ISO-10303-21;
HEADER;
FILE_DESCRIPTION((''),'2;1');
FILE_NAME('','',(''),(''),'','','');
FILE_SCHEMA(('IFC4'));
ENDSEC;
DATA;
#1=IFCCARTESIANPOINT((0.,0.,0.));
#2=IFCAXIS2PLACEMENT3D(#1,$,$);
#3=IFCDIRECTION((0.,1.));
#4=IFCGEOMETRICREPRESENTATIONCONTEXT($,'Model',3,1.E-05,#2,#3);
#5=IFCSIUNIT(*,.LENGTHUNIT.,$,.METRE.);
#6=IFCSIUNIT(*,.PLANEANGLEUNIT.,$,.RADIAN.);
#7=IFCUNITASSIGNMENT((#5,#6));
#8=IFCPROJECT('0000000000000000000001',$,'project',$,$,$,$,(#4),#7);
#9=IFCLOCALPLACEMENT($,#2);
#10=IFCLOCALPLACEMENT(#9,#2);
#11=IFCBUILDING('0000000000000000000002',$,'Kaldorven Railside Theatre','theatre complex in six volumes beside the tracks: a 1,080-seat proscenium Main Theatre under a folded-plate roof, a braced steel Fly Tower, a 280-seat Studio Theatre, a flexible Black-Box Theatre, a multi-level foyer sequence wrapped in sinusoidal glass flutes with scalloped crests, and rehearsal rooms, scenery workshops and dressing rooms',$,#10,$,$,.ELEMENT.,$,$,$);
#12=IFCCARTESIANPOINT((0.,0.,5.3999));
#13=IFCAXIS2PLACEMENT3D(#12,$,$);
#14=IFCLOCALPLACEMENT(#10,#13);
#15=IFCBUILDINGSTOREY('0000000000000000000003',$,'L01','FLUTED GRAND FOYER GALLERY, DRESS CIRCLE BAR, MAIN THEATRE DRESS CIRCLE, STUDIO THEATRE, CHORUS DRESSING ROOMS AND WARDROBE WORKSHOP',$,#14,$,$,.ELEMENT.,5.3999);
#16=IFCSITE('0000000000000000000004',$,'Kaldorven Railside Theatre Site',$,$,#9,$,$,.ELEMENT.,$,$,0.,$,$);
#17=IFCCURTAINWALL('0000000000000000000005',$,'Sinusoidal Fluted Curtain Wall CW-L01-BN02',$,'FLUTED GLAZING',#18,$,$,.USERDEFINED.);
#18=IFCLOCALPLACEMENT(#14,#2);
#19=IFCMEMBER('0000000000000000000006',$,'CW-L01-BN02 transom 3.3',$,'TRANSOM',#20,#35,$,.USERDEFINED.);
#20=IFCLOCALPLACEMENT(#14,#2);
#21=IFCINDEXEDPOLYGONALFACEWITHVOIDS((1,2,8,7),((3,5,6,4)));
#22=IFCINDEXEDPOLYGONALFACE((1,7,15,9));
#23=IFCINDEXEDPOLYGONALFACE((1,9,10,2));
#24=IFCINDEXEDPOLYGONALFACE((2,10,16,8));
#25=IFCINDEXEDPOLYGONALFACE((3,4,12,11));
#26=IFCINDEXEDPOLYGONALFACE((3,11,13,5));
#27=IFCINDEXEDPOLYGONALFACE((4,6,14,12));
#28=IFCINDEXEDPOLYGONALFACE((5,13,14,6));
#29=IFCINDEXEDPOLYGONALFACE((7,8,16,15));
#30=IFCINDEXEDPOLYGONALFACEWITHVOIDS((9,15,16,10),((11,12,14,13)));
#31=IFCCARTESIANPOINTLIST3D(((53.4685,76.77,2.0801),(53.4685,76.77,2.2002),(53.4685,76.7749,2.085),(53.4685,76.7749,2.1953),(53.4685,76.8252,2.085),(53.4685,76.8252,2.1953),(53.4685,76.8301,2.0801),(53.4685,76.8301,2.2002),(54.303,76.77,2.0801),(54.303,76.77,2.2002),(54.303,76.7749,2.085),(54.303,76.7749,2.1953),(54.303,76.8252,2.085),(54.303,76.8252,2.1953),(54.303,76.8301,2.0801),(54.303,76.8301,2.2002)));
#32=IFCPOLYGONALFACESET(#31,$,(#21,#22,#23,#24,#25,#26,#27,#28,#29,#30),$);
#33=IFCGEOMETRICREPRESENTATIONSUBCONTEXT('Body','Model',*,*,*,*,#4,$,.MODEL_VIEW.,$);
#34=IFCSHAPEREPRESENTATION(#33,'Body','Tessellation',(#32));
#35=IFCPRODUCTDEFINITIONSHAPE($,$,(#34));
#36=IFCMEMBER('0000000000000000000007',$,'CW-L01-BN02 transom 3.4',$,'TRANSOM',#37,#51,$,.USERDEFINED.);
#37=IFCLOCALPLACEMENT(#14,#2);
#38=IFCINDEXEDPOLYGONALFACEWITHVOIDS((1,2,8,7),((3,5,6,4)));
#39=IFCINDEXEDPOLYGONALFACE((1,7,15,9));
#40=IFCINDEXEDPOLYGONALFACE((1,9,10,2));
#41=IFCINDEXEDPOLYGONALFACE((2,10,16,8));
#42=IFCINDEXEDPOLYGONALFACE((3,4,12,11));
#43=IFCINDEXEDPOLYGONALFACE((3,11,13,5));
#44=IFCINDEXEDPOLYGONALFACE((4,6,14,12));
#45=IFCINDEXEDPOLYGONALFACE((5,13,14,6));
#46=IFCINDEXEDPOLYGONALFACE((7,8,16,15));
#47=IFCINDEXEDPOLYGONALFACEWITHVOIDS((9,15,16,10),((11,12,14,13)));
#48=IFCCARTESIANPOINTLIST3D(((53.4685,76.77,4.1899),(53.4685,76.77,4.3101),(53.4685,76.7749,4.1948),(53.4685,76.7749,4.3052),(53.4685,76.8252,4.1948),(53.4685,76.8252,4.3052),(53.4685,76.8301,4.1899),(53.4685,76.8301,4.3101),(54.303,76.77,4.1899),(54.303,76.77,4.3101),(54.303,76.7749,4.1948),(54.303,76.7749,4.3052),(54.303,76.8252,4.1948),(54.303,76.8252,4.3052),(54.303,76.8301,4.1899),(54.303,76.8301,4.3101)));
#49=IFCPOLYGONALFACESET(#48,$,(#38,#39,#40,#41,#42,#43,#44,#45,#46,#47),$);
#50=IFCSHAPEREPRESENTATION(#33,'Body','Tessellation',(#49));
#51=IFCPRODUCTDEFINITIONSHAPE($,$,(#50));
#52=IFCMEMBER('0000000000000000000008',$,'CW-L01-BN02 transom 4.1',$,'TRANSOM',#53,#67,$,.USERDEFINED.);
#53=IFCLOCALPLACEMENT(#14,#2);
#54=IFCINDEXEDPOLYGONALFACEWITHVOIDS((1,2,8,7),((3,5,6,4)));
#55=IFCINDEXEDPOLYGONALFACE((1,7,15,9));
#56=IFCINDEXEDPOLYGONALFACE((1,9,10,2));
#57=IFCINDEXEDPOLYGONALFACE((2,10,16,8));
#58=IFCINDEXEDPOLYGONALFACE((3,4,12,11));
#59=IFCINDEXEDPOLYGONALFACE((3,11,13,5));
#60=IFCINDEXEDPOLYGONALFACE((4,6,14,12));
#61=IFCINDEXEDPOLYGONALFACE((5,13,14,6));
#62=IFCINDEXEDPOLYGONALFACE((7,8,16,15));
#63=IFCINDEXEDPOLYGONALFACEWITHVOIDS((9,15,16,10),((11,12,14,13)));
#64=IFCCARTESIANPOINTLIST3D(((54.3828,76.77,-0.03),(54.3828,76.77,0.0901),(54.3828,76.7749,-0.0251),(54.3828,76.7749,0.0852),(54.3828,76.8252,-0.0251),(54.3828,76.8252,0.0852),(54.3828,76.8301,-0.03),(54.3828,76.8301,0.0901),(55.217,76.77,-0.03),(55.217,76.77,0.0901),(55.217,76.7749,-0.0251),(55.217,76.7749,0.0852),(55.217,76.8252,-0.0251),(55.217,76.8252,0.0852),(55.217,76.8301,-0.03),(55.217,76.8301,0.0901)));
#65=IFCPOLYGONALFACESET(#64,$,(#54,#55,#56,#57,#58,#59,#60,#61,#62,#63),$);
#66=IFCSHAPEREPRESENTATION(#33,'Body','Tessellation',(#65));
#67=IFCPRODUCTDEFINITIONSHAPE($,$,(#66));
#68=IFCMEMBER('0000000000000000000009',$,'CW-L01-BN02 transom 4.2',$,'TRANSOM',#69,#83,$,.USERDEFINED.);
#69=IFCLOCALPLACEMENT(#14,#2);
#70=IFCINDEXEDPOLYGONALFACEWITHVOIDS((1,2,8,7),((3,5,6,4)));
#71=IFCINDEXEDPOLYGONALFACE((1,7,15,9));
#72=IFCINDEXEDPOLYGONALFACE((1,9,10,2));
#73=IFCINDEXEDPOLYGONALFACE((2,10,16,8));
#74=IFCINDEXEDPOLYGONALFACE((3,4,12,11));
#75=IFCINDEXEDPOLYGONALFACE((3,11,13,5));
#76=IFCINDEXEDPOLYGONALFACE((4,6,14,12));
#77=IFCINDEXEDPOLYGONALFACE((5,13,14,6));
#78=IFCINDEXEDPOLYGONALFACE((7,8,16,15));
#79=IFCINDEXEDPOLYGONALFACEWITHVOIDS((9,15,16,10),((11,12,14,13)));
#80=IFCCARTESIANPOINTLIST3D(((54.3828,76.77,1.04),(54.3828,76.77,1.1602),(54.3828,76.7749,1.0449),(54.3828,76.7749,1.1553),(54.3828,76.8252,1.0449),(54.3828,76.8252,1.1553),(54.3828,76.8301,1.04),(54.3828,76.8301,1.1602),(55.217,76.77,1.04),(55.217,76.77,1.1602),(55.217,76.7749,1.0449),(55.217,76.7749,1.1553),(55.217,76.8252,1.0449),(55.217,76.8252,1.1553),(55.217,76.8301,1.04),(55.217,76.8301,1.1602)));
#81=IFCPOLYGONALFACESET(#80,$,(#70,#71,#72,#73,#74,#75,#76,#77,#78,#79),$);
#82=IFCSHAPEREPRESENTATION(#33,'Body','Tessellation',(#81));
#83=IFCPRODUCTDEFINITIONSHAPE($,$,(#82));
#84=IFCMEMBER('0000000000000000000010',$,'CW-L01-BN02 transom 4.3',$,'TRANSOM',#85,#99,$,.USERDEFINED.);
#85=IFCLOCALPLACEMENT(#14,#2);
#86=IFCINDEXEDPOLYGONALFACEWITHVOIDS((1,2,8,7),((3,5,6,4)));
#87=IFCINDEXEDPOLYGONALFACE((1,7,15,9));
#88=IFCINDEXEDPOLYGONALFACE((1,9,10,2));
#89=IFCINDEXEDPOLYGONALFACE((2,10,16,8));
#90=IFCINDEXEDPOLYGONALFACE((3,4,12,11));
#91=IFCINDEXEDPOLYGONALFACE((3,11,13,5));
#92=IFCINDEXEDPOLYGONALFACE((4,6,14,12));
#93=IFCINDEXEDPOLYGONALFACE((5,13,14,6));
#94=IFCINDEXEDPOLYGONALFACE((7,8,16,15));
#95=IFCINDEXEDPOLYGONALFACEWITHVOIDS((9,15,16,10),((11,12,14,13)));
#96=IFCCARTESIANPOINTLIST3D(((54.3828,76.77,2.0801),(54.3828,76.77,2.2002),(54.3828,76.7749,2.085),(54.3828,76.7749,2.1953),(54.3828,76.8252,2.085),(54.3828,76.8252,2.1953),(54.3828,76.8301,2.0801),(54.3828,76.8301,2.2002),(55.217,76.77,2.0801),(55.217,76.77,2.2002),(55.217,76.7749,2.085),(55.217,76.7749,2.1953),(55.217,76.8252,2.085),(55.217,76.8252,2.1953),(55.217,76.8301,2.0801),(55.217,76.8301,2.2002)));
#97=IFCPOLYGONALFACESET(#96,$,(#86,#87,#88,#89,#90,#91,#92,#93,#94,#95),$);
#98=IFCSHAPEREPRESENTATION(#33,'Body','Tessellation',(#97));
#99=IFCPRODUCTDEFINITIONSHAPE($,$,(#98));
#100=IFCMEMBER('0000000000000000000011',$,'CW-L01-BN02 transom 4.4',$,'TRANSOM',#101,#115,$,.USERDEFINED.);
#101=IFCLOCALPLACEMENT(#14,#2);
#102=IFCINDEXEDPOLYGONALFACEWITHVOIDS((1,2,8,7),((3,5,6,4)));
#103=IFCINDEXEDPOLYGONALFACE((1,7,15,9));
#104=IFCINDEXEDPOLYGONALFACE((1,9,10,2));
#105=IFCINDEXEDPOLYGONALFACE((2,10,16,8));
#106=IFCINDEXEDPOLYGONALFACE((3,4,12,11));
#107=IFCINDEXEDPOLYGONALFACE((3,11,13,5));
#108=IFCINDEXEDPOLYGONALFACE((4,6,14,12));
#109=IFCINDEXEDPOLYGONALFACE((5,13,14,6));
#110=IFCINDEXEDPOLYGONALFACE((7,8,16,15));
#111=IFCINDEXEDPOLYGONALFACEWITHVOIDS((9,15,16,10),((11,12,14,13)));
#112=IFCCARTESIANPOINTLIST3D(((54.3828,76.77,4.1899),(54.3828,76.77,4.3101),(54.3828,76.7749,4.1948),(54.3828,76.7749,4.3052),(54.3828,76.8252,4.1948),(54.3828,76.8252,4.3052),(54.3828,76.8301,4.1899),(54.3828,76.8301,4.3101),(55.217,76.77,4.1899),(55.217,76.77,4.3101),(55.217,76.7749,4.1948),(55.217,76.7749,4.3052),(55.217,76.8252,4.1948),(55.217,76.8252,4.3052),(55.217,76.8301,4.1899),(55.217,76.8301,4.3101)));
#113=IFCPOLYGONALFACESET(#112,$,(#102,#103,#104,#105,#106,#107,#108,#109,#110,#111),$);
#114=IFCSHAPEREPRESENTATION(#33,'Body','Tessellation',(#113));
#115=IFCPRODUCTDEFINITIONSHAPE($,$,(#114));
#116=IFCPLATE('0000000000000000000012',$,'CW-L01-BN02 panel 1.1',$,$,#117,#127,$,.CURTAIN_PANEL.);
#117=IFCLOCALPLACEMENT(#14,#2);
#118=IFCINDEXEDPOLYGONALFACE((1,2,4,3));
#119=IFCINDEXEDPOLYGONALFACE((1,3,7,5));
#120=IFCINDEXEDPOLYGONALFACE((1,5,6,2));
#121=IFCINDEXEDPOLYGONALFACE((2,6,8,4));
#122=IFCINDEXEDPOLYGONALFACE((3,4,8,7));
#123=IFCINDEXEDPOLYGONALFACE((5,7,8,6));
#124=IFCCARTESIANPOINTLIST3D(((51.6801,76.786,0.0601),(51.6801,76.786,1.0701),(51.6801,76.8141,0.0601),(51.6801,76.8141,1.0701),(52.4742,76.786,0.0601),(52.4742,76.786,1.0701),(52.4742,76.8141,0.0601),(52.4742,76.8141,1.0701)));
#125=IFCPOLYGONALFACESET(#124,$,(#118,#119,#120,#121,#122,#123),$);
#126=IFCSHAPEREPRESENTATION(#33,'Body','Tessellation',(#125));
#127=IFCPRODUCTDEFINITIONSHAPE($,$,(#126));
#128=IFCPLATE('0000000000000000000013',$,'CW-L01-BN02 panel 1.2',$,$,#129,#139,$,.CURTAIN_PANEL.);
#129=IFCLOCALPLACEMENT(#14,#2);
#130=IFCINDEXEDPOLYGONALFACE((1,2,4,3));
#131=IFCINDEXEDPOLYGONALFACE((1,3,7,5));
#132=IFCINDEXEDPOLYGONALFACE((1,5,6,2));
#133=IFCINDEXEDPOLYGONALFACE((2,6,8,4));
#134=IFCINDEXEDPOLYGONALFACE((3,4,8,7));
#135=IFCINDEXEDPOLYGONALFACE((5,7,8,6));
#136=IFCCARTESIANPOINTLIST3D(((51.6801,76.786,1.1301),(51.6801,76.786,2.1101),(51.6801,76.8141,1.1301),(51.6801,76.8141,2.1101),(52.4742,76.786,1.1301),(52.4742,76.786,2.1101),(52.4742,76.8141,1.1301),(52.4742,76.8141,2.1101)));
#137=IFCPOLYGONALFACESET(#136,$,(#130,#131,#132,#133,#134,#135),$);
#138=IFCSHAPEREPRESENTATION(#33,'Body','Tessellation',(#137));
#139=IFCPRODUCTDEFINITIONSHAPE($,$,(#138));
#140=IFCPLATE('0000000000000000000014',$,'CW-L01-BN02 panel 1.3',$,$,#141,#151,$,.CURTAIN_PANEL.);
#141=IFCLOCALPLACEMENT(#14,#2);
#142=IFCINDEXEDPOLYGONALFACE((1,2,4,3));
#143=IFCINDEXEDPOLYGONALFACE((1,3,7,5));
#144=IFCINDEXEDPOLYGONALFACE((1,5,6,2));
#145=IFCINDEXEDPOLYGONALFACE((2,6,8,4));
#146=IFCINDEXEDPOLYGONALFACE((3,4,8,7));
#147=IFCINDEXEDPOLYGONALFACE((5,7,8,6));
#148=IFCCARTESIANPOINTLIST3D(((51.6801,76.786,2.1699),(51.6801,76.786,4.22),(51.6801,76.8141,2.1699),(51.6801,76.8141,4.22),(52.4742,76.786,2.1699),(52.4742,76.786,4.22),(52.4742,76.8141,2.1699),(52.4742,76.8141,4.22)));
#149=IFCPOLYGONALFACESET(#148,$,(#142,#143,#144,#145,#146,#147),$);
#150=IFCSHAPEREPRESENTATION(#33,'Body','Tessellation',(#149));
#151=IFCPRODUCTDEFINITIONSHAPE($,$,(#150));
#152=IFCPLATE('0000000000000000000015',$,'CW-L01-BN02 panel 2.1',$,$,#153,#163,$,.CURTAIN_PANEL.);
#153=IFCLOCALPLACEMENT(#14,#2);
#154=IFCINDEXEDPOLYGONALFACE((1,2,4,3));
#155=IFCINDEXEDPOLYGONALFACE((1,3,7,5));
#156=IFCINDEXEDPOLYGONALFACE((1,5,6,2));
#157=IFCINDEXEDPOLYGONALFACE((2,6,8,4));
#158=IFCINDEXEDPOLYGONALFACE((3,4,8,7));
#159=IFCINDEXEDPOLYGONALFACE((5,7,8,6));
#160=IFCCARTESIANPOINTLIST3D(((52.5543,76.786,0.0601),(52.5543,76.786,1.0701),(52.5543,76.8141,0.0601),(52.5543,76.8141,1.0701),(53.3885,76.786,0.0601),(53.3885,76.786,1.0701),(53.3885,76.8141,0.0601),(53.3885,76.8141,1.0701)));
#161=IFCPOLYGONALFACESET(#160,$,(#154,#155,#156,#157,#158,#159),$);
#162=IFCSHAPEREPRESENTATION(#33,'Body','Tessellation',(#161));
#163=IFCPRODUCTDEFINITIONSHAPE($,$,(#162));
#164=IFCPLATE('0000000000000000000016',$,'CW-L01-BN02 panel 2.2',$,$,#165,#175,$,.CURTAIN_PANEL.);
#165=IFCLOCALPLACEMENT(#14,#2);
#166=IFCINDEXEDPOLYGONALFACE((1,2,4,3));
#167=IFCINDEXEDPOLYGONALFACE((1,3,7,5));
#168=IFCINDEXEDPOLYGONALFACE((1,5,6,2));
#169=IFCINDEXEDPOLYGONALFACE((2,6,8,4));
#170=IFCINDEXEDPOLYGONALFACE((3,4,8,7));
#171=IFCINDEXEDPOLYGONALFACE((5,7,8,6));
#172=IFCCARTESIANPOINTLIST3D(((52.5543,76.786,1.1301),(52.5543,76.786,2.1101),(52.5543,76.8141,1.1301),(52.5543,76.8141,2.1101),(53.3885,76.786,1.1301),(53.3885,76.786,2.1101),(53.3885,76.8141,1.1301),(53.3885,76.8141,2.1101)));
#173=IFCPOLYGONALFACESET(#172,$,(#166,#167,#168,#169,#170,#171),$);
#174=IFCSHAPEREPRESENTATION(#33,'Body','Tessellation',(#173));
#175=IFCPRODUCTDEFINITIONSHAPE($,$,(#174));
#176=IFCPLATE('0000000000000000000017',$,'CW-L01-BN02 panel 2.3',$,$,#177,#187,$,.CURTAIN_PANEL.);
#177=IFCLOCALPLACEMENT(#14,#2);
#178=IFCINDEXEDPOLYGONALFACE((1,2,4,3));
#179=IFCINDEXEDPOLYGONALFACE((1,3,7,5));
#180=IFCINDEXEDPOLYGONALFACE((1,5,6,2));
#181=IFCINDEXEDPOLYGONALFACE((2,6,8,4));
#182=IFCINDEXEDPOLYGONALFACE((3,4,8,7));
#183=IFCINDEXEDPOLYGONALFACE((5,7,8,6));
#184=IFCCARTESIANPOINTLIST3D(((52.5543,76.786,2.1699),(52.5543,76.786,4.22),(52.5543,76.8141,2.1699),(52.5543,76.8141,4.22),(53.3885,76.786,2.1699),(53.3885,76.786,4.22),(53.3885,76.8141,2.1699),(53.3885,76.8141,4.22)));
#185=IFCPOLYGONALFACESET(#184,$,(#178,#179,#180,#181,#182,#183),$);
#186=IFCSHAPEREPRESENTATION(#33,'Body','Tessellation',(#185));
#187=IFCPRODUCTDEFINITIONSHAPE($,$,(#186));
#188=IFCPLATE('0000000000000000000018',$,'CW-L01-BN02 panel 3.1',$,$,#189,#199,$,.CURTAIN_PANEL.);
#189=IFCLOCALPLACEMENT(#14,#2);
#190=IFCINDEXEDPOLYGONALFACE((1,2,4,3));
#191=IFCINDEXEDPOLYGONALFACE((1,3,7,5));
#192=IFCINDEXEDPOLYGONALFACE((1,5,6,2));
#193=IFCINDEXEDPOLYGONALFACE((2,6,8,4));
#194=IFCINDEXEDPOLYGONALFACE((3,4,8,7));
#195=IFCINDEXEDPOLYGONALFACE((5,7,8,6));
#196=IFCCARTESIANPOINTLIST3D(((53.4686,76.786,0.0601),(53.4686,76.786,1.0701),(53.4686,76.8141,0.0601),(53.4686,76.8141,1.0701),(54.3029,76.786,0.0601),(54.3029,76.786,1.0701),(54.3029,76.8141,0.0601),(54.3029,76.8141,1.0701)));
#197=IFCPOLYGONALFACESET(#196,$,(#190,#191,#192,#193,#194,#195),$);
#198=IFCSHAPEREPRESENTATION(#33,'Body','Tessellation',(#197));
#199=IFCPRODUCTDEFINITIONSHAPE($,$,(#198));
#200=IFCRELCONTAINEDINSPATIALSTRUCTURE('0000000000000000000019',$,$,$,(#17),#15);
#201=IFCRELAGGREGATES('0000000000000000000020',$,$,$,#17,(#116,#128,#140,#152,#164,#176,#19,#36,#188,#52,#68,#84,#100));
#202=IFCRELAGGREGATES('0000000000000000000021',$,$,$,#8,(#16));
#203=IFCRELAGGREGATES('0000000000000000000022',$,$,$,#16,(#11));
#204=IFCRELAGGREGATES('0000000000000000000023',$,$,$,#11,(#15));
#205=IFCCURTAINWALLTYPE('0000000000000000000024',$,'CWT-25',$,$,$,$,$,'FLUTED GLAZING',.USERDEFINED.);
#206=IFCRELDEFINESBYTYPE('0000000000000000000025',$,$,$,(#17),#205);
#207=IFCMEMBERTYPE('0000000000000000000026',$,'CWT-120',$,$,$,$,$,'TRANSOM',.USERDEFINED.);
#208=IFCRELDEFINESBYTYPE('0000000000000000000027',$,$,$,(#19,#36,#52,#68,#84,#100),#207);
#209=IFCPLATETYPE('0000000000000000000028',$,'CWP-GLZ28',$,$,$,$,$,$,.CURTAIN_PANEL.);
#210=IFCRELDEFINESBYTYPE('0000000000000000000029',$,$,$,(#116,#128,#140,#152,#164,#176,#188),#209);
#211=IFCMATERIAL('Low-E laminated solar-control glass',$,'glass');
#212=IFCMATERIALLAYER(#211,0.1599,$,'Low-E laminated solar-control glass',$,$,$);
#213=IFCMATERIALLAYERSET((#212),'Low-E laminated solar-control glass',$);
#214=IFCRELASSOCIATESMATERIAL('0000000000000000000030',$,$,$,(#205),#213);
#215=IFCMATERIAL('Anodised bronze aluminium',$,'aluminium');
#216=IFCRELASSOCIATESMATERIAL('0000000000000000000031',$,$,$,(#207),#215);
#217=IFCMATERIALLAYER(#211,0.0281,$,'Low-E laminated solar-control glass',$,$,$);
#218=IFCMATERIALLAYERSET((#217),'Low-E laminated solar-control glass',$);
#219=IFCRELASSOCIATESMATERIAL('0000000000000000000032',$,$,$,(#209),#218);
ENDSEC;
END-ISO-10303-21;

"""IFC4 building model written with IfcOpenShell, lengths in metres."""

from ifc_helpers import new_model, si_unit, direction, frame, origin, origin_2d, place, context, subcontext, project, spatial, rectangle, hollow_rectangle, extrude, material, layer, layer_set, material_profile, profile_set, type_object, element, aggregate, save


model = new_model("IFC4")

# Units and contexts
model_context = context("Model", 3, precision=1e-05, world=origin(), true_north=direction((0.0, 1.0)))
body_context = subcontext(model_context, "Body", "Model", "MODEL_VIEW")
ifc_project = project(units=[si_unit("LENGTHUNIT", "METRE"), si_unit("PLANEANGLEUNIT", "RADIAN")], contexts=[model_context])

# Site, building, storey
site_placement = place(None, origin())
site = spatial("IfcSite", under=ifc_project, at=site_placement, Name="Kaldorven Railside Theatre Site", CompositionType="ELEMENT", RefElevation=0.0)
building_placement = place(site_placement, origin())
building = spatial("IfcBuilding", under=site, at=building_placement, Name="Kaldorven Railside Theatre", Description="theatre complex in six volumes beside the tracks: a 1,080-seat proscenium Main Theatre under a folded-plate roof, a braced steel Fly Tower, a 280-seat Studio Theatre, a flexible Black-Box Theatre, a multi-level foyer sequence wrapped in sinusoidal glass flutes with scalloped crests, and rehearsal rooms, scenery workshops and dressing rooms", CompositionType="ELEMENT")
storey_placement = place(building_placement, frame((0.0, 0.0, 5.3999)))
storey = spatial("IfcBuildingStorey", under=building, at=storey_placement, Name="L01", Description="FLUTED GRAND FOYER GALLERY, DRESS CIRCLE BAR, MAIN THEATRE DRESS CIRCLE, STUDIO THEATRE, CHORUS DRESSING ROOMS AND WARDROBE WORKSHOP", CompositionType="ELEMENT", Elevation=5.3999)

# Curtain wall, members, plates
ifc_material_1 = material(Name="Low-E laminated solar-control glass", Category="glass")
ifc_layer_1 = layer(ifc_material_1, 0.1599, Name="Low-E laminated solar-control glass")
ifc_layer_set_1 = layer_set([ifc_layer_1], Name="Low-E laminated solar-control glass")
curtain_wall_type = type_object("IfcCurtainWallType", Name="CWT-25", ElementType="FLUTED GLAZING", PredefinedType="USERDEFINED", material=ifc_layer_set_1)
curtain_wall_placement = place(storey_placement, origin())
curtain_wall = element("IfcCurtainWall", 1, at=curtain_wall_placement, inside=storey, type_object=curtain_wall_type, Name="Sinusoidal Fluted Curtain Wall CW-L01-BN02", ObjectType="FLUTED GLAZING", PredefinedType="USERDEFINED")
ifc_material_2 = material(Name="Anodised bronze aluminium", Category="aluminium")
ifc_material_profile_1 = material_profile(ifc_material_2, hollow_rectangle(XDim=0.0601, YDim=0.1201, WallThickness=0.0049, at=origin_2d()), Name="RHS 120x60x5")
ifc_profile_set_1 = profile_set([ifc_material_profile_1], Name="Anodised bronze aluminium")
member_type_1 = type_object("IfcMemberType", Name="CWT-120", ElementType="TRANSOM", PredefinedType="USERDEFINED", material=ifc_profile_set_1)
member_1_placement = place(storey_placement, frame((53.4685, 76.8, 2.1401), z_axis=(1.0, 0.0, 0.0), x_axis=(0.0, 1.0, 0.0)))
member_1 = element("IfcMember", 2, at=member_1_placement, type_object=member_type_1, Name="CW-L01-BN02 transom 3.3", ObjectType="TRANSOM", PredefinedType="USERDEFINED", context=body_context, shape_type="SweptSolid", body=[
    extrude(hollow_rectangle(XDim=0.0601, YDim=0.1201, WallThickness=0.0049, at=origin_2d()), origin(), (0.0, 0.0, 1.0), 0.8345),
])
member_2_placement = place(storey_placement, frame((53.4685, 76.8, 4.25), z_axis=(1.0, 0.0, 0.0), x_axis=(0.0, 1.0, 0.0)))
member_2 = element("IfcMember", 3, at=member_2_placement, type_object=member_type_1, Name="CW-L01-BN02 transom 3.4", ObjectType="TRANSOM", PredefinedType="USERDEFINED", context=body_context, shape_type="SweptSolid", body=[
    extrude(hollow_rectangle(XDim=0.0601, YDim=0.1201, WallThickness=0.0049, at=origin_2d()), origin(), (0.0, 0.0, 1.0), 0.8345),
])
member_3_placement = place(storey_placement, frame((54.3828, 76.8, 0.03), z_axis=(1.0, 0.0, 0.0), x_axis=(0.0, 1.0, 0.0)))
member_3 = element("IfcMember", 4, at=member_3_placement, type_object=member_type_1, Name="CW-L01-BN02 transom 4.1", ObjectType="TRANSOM", PredefinedType="USERDEFINED", context=body_context, shape_type="SweptSolid", body=[
    extrude(hollow_rectangle(XDim=0.0601, YDim=0.1201, WallThickness=0.0049, at=origin_2d()), origin(), (0.0, 0.0, 1.0), 0.8342),
])
member_4_placement = place(storey_placement, frame((54.3828, 76.8, 1.1001), z_axis=(1.0, 0.0, 0.0), x_axis=(0.0, 1.0, 0.0)))
member_4 = element("IfcMember", 5, at=member_4_placement, type_object=member_type_1, Name="CW-L01-BN02 transom 4.2", ObjectType="TRANSOM", PredefinedType="USERDEFINED", context=body_context, shape_type="SweptSolid", body=[
    extrude(hollow_rectangle(XDim=0.0601, YDim=0.1201, WallThickness=0.0049, at=origin_2d()), origin(), (0.0, 0.0, 1.0), 0.8342),
])
member_5_placement = place(storey_placement, frame((54.3828, 76.8, 2.1401), z_axis=(1.0, 0.0, 0.0), x_axis=(0.0, 1.0, 0.0)))
member_5 = element("IfcMember", 6, at=member_5_placement, type_object=member_type_1, Name="CW-L01-BN02 transom 4.3", ObjectType="TRANSOM", PredefinedType="USERDEFINED", context=body_context, shape_type="SweptSolid", body=[
    extrude(hollow_rectangle(XDim=0.0601, YDim=0.1201, WallThickness=0.0049, at=origin_2d()), origin(), (0.0, 0.0, 1.0), 0.8342),
])
member_6_placement = place(storey_placement, frame((54.3828, 76.8, 4.25), z_axis=(1.0, 0.0, 0.0), x_axis=(0.0, 1.0, 0.0)))
member_6 = element("IfcMember", 7, at=member_6_placement, type_object=member_type_1, Name="CW-L01-BN02 transom 4.4", ObjectType="TRANSOM", PredefinedType="USERDEFINED", context=body_context, shape_type="SweptSolid", body=[
    extrude(hollow_rectangle(XDim=0.0601, YDim=0.1201, WallThickness=0.0049, at=origin_2d()), origin(), (0.0, 0.0, 1.0), 0.8342),
])
ifc_layer_2 = layer(ifc_material_1, 0.0281, Name="Low-E laminated solar-control glass")
ifc_layer_set_2 = layer_set([ifc_layer_2], Name="Low-E laminated solar-control glass")
plate_type = type_object("IfcPlateType", Name="CWP-GLZ28", PredefinedType="CURTAIN_PANEL", material=ifc_layer_set_2)
plate_1_placement = place(storey_placement, frame((52.0771, 76.8, 0.0601), z_axis=(0.0, 0.0, 1.0), x_axis=(1.0, 0.0, 0.0)))
plate_1 = element("IfcPlate", 8, at=plate_1_placement, type_object=plate_type, Name="CW-L01-BN02 panel 1.1", PredefinedType="CURTAIN_PANEL", context=body_context, shape_type="SweptSolid", body=[
    extrude(rectangle(XDim=0.7942, YDim=0.0281, at=origin_2d()), origin(), (0.0, 0.0, 1.0), 1.01),
])
plate_2_placement = place(storey_placement, frame((52.0771, 76.8, 1.1301), z_axis=(0.0, 0.0, 1.0), x_axis=(1.0, 0.0, 0.0)))
plate_2 = element("IfcPlate", 9, at=plate_2_placement, type_object=plate_type, Name="CW-L01-BN02 panel 1.2", PredefinedType="CURTAIN_PANEL", context=body_context, shape_type="SweptSolid", body=[
    extrude(rectangle(XDim=0.7942, YDim=0.0281, at=origin_2d()), origin(), (0.0, 0.0, 1.0), 0.98),
])
plate_3_placement = place(storey_placement, frame((52.0771, 76.8, 2.1699), z_axis=(0.0, 0.0, 1.0), x_axis=(1.0, 0.0, 0.0)))
plate_3 = element("IfcPlate", 10, at=plate_3_placement, type_object=plate_type, Name="CW-L01-BN02 panel 1.3", PredefinedType="CURTAIN_PANEL", context=body_context, shape_type="SweptSolid", body=[
    extrude(rectangle(XDim=0.7942, YDim=0.0281, at=origin_2d()), origin(), (0.0, 0.0, 1.0), 2.05),
])
plate_4_placement = place(storey_placement, frame((52.9714, 76.8, 0.0601), z_axis=(0.0, 0.0, 1.0), x_axis=(1.0, 0.0, 0.0)))
plate_4 = element("IfcPlate", 11, at=plate_4_placement, type_object=plate_type, Name="CW-L01-BN02 panel 2.1", PredefinedType="CURTAIN_PANEL", context=body_context, shape_type="SweptSolid", body=[
    extrude(rectangle(XDim=0.8342, YDim=0.0281, at=origin_2d()), origin(), (0.0, 0.0, 1.0), 1.01),
])
plate_5_placement = place(storey_placement, frame((52.9714, 76.8, 1.1301), z_axis=(0.0, 0.0, 1.0), x_axis=(1.0, 0.0, 0.0)))
plate_5 = element("IfcPlate", 12, at=plate_5_placement, type_object=plate_type, Name="CW-L01-BN02 panel 2.2", PredefinedType="CURTAIN_PANEL", context=body_context, shape_type="SweptSolid", body=[
    extrude(rectangle(XDim=0.8342, YDim=0.0281, at=origin_2d()), origin(), (0.0, 0.0, 1.0), 0.98),
])
plate_6_placement = place(storey_placement, frame((52.9714, 76.8, 2.1699), z_axis=(0.0, 0.0, 1.0), x_axis=(1.0, 0.0, 0.0)))
plate_6 = element("IfcPlate", 13, at=plate_6_placement, type_object=plate_type, Name="CW-L01-BN02 panel 2.3", PredefinedType="CURTAIN_PANEL", context=body_context, shape_type="SweptSolid", body=[
    extrude(rectangle(XDim=0.8342, YDim=0.0281, at=origin_2d()), origin(), (0.0, 0.0, 1.0), 2.05),
])
plate_7_placement = place(storey_placement, frame((53.8857, 76.8, 0.0601), z_axis=(0.0, 0.0, 1.0), x_axis=(1.0, 0.0, 0.0)))
plate_7 = element("IfcPlate", 14, at=plate_7_placement, type_object=plate_type, Name="CW-L01-BN02 panel 3.1", PredefinedType="CURTAIN_PANEL", context=body_context, shape_type="SweptSolid", body=[
    extrude(rectangle(XDim=0.8342, YDim=0.0281, at=origin_2d()), origin(), (0.0, 0.0, 1.0), 1.01),
])
aggregate(curtain_wall, [plate_1, plate_2, plate_3, plate_4, plate_5, plate_6, member_1, member_2, plate_7, member_3, member_4, member_5, member_6])

save(model, "model.ifc")
